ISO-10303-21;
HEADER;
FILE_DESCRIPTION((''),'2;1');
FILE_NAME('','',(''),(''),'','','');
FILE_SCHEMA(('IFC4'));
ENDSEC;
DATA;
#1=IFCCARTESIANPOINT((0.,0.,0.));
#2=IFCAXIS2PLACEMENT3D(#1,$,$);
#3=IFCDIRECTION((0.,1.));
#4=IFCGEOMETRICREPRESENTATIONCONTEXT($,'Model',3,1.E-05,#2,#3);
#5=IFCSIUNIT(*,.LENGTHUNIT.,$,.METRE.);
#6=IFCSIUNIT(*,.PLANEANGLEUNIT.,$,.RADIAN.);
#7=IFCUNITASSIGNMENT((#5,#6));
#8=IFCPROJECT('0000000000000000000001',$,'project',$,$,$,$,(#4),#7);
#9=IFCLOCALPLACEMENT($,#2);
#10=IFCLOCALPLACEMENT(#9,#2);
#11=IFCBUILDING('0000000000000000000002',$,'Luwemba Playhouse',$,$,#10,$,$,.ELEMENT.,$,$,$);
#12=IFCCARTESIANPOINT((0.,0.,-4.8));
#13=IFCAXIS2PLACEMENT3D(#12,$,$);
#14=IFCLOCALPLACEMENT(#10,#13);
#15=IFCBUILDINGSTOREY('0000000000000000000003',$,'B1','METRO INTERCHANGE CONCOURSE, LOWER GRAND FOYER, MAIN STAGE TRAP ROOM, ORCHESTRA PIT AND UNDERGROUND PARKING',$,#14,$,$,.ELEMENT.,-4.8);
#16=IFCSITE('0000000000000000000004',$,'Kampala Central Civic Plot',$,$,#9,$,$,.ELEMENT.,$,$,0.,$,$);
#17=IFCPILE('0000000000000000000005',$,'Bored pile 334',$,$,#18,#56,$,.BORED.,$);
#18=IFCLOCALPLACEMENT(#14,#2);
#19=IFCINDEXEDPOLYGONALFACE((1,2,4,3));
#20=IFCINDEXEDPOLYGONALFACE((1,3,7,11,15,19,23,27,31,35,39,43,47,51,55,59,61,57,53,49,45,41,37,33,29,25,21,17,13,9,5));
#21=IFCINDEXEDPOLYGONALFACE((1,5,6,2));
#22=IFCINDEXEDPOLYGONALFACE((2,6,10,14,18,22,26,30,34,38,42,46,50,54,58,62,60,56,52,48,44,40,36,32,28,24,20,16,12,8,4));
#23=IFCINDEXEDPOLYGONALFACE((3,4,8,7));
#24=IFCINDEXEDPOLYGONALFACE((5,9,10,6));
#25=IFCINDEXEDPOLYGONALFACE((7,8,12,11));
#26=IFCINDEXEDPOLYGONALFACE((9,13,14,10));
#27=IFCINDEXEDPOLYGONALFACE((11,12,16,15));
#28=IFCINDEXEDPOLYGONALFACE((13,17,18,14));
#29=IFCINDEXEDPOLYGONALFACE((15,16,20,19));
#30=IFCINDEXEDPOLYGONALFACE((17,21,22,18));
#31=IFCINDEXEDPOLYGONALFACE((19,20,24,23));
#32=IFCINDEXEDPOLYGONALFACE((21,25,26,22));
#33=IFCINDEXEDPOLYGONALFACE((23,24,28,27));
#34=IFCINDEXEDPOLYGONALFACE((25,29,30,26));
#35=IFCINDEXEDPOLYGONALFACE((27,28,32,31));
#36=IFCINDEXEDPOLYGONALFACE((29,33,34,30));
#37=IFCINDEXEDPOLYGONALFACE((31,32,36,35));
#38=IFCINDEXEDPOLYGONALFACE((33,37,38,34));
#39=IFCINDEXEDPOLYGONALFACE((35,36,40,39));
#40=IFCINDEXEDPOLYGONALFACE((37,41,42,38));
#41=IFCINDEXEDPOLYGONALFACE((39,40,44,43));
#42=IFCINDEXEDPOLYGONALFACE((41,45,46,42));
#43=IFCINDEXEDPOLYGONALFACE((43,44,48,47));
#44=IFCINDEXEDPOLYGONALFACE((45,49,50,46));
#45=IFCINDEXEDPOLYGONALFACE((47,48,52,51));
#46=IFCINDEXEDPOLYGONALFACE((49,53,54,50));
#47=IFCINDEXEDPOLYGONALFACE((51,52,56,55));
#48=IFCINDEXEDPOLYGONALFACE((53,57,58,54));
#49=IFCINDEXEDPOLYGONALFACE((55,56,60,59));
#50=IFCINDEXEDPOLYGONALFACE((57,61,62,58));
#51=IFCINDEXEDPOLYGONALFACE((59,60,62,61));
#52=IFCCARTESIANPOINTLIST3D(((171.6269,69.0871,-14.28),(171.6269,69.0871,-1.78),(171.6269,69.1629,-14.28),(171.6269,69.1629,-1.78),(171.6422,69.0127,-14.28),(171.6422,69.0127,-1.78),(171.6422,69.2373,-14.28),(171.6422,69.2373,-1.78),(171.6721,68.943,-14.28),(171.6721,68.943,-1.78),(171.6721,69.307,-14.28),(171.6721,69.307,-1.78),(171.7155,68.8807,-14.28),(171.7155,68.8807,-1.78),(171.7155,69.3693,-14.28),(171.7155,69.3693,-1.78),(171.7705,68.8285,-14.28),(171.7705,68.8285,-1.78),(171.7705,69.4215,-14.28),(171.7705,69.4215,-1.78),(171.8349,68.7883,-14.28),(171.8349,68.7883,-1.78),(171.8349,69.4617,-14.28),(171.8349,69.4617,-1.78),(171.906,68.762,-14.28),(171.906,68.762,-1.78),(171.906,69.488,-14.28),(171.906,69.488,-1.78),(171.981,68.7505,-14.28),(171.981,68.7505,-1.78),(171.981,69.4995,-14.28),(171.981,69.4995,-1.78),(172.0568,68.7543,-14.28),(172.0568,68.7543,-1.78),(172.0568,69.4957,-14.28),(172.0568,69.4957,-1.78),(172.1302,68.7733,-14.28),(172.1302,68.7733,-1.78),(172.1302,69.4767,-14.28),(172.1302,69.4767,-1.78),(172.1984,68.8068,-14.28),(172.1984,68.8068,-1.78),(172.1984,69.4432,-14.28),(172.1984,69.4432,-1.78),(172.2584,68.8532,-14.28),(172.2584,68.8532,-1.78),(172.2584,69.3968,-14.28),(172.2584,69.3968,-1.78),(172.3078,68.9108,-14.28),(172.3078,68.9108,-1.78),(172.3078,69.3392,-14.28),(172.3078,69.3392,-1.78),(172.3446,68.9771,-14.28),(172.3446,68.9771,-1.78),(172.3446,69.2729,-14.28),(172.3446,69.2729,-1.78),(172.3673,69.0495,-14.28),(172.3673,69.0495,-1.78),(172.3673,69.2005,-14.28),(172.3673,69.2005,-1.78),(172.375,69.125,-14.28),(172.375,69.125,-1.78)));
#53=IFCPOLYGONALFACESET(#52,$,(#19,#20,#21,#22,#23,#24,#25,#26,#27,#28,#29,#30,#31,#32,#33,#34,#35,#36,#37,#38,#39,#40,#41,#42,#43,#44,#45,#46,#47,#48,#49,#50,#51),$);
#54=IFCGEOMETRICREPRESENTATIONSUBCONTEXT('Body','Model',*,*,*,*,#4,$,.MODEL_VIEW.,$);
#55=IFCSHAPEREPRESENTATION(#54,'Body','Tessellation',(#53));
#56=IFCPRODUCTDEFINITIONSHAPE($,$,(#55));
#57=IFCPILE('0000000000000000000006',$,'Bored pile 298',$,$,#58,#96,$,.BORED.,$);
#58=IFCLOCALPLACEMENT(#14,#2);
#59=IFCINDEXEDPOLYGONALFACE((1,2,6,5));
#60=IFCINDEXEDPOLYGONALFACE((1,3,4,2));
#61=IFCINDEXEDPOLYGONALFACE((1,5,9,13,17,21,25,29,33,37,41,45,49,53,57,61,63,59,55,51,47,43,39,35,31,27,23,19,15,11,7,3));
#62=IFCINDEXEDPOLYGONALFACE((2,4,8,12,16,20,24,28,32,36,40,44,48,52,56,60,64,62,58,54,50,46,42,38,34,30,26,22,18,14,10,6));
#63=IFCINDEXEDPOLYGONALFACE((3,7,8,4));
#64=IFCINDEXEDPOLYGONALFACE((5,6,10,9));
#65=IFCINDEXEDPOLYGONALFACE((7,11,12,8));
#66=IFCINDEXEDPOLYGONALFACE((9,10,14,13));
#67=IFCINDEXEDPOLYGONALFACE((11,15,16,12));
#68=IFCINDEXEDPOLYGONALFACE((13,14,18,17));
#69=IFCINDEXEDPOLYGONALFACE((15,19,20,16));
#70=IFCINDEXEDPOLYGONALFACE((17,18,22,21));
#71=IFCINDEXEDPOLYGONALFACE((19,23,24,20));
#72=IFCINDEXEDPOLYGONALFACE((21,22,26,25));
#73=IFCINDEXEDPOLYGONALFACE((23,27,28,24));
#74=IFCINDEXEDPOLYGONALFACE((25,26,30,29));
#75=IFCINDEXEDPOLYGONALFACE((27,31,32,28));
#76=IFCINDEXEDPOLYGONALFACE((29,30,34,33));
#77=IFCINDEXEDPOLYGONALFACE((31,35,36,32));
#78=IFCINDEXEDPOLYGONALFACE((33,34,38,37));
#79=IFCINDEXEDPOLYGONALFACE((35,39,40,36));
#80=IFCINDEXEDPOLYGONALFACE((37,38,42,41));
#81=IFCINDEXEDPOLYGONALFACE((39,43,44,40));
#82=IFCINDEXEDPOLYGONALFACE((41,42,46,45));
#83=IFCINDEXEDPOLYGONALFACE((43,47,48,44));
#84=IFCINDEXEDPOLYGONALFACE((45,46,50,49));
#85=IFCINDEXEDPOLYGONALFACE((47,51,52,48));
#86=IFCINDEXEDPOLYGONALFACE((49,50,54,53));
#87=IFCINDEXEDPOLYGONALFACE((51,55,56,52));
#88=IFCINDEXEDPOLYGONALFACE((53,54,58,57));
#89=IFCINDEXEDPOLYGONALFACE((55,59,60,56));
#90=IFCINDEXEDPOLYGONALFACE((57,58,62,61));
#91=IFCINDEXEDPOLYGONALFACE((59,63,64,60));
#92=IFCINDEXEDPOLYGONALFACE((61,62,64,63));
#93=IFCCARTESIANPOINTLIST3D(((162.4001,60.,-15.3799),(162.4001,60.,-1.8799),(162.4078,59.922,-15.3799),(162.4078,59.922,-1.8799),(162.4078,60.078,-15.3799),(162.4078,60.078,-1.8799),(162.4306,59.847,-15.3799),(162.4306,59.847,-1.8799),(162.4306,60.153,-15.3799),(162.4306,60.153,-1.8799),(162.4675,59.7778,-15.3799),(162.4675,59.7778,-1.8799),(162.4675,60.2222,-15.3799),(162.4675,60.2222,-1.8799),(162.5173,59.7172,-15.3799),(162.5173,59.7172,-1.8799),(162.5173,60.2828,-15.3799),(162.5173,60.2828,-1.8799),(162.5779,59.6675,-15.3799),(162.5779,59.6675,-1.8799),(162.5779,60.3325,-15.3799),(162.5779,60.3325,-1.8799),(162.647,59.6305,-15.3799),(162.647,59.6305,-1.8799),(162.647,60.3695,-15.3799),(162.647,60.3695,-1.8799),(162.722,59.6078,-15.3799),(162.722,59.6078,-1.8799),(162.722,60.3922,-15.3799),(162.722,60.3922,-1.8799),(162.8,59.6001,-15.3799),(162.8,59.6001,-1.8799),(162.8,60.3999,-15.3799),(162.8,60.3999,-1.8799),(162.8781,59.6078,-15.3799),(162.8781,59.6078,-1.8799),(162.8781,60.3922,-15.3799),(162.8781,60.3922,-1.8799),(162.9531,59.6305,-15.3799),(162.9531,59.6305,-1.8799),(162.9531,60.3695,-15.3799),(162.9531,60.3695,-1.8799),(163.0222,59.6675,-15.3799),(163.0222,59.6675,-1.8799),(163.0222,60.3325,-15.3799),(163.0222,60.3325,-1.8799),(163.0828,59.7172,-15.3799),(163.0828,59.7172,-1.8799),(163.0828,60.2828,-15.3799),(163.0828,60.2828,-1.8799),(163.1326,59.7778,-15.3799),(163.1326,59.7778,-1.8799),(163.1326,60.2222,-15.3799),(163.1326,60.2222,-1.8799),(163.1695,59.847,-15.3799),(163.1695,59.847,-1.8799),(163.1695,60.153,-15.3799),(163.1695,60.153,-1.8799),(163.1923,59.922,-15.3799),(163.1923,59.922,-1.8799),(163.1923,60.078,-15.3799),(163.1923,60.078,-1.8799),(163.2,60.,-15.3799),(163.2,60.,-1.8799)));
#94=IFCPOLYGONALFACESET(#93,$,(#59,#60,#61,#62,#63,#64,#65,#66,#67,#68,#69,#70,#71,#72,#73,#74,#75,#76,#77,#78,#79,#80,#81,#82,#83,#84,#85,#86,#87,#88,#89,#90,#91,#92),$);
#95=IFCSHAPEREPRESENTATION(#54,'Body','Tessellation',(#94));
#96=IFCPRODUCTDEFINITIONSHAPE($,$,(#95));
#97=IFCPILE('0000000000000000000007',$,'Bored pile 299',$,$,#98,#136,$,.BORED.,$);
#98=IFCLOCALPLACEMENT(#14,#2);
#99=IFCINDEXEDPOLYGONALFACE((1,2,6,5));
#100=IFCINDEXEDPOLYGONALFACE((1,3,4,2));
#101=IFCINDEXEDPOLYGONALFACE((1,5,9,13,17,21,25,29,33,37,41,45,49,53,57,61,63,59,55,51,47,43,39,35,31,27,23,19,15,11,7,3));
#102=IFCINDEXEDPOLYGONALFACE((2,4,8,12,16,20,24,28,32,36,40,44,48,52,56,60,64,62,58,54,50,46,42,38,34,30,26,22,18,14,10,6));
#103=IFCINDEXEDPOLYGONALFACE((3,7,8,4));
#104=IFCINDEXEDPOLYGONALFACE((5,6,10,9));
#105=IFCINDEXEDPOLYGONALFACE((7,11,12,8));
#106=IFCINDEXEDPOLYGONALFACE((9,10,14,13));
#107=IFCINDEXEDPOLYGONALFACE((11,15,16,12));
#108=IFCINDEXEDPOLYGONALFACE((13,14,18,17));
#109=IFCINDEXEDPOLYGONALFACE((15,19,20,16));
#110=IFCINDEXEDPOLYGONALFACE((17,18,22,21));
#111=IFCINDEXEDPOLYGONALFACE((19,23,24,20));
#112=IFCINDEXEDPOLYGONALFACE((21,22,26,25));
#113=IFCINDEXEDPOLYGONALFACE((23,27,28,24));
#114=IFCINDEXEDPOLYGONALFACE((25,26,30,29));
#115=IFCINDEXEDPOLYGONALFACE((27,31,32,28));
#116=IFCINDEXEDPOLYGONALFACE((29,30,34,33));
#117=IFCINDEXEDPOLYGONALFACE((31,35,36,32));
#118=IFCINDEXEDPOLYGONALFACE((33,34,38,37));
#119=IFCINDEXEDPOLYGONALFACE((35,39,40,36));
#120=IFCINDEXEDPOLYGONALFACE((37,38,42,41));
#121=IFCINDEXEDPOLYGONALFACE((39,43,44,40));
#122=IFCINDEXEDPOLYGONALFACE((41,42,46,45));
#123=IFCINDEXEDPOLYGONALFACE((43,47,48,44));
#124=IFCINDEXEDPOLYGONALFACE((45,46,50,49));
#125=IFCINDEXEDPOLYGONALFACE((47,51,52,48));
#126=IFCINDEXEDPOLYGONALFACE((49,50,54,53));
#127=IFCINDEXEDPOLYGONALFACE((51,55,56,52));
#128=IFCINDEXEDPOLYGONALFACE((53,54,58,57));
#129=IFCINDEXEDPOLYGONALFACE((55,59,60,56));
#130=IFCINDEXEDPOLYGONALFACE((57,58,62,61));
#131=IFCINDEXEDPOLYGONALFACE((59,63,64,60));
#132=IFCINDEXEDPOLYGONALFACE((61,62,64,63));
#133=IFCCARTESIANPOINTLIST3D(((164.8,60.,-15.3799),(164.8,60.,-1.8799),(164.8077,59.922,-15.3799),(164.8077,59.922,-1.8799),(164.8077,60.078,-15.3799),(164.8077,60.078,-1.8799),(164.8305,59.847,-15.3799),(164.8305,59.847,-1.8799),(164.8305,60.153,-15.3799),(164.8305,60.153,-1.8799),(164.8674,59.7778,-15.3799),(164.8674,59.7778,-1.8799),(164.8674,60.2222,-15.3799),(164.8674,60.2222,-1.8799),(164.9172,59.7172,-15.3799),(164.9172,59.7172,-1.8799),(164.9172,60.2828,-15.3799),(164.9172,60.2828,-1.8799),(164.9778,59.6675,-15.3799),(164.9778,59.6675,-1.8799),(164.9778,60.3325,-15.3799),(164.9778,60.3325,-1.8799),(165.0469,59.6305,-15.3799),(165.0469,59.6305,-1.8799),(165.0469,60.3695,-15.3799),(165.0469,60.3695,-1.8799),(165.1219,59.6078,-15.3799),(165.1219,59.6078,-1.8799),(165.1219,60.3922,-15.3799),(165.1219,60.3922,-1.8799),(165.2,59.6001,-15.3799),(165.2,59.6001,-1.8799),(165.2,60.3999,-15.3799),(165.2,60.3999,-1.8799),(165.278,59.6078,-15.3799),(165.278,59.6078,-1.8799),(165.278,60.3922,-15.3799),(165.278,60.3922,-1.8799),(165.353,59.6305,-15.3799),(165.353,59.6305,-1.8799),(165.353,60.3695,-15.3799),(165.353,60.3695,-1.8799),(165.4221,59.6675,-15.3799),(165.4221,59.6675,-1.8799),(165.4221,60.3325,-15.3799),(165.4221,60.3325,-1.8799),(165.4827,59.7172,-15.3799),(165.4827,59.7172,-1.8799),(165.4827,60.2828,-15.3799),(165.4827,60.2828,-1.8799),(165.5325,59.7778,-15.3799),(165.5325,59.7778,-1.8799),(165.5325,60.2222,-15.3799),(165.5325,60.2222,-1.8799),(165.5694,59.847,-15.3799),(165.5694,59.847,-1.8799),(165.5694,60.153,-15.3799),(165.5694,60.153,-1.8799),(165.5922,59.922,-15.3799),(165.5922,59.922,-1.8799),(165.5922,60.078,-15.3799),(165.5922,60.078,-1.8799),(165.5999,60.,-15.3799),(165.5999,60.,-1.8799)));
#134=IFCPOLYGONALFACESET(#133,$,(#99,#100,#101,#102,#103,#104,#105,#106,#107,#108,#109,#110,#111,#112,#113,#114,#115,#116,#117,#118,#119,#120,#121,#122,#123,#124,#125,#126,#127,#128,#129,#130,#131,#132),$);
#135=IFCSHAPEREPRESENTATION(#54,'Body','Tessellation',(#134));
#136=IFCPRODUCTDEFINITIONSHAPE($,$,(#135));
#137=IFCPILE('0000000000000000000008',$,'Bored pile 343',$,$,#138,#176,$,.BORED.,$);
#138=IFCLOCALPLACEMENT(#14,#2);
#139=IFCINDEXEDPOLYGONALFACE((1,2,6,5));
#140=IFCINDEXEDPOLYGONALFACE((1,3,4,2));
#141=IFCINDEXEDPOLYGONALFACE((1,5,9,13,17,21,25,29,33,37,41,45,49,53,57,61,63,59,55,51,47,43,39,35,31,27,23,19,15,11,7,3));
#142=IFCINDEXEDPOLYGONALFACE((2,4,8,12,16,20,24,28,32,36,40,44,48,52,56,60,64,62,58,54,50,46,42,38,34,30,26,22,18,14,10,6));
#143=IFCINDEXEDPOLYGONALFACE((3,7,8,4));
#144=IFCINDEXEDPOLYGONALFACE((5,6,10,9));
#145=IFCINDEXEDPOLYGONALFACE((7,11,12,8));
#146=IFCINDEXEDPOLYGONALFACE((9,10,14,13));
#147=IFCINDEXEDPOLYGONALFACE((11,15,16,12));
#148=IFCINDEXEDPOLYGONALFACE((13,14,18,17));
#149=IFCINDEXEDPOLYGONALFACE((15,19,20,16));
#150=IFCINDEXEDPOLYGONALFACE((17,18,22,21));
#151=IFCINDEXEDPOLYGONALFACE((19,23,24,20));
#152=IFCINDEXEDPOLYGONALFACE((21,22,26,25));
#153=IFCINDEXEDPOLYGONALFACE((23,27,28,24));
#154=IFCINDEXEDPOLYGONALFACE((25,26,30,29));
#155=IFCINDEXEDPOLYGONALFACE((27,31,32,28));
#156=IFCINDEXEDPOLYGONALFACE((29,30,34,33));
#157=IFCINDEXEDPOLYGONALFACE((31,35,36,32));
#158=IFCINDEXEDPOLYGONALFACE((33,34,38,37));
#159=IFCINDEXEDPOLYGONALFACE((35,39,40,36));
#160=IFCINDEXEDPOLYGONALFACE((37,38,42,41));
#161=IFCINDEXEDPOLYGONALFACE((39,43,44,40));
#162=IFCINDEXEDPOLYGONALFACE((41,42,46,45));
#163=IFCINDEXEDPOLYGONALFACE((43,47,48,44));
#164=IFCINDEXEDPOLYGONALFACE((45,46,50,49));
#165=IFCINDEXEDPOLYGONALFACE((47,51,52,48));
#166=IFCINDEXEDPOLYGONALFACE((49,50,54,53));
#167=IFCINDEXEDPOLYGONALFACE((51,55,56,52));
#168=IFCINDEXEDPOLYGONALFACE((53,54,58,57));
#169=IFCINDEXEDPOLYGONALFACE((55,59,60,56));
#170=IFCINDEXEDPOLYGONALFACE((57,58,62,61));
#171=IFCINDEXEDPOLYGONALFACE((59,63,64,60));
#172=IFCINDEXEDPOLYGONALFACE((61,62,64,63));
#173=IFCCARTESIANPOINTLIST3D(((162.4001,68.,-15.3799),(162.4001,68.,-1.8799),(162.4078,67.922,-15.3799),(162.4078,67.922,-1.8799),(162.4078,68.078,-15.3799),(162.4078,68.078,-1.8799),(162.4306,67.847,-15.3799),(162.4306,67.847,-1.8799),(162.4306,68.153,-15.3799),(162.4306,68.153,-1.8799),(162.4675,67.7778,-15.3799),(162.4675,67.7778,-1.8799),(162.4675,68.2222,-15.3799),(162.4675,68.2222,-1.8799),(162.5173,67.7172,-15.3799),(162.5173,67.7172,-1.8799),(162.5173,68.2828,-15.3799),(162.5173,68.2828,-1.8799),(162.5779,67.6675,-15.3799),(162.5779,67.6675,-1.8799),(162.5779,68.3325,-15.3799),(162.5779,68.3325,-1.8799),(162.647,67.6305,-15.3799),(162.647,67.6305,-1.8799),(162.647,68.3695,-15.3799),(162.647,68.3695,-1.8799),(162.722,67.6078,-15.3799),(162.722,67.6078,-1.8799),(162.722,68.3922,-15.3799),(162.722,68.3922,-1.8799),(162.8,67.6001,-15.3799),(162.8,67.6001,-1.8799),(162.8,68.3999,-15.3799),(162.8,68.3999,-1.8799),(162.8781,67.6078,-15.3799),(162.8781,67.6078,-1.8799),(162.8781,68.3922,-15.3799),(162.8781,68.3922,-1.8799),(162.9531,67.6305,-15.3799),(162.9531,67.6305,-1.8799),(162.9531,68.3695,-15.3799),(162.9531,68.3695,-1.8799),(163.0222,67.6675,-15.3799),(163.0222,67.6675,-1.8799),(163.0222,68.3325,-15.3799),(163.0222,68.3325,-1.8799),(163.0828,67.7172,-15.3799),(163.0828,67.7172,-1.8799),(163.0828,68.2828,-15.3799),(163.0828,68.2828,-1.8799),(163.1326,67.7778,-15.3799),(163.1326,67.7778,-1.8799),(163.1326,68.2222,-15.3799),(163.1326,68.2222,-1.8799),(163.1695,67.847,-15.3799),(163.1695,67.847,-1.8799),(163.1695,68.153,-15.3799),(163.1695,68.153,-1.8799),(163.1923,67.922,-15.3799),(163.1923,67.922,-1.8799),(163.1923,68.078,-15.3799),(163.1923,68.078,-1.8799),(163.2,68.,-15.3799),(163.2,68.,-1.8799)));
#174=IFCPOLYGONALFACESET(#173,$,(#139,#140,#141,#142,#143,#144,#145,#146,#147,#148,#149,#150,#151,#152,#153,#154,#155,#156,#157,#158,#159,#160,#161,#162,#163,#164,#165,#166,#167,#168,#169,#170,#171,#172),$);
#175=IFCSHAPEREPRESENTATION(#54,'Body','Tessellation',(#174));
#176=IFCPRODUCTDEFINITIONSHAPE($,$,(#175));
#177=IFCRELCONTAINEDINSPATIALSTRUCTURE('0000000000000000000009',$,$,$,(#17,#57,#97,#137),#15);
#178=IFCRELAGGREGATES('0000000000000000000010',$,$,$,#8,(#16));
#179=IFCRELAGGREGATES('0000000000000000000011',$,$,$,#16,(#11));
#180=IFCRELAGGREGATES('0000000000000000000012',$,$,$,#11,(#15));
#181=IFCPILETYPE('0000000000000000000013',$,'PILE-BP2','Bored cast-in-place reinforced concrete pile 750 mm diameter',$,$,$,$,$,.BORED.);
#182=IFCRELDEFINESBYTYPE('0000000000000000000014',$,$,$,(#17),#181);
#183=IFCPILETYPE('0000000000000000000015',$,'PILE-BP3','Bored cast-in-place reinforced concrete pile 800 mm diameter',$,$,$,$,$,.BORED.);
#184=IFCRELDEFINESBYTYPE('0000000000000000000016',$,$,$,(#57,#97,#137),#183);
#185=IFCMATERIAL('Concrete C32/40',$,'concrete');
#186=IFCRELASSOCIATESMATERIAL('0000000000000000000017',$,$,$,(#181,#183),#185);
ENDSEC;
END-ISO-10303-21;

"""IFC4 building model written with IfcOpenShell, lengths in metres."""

from ifc_helpers import new_model, si_unit, direction, frame, origin, origin_2d, place, context, subcontext, project, spatial, circle, extrude, material, material_profile, profile_set, type_object, element, save


model = new_model("IFC4")

# Units and contexts
model_context = context("Model", 3, precision=1e-05, world=origin(), true_north=direction((0.0, 1.0)))
body_context = subcontext(model_context, "Body", "Model", "MODEL_VIEW")
ifc_project = project(units=[si_unit("LENGTHUNIT", "METRE"), si_unit("PLANEANGLEUNIT", "RADIAN")], contexts=[model_context])

# Site, building, storey
site_placement = place(None, origin())
site = spatial("IfcSite", under=ifc_project, at=site_placement, Name="Kampala Central Civic Plot", CompositionType="ELEMENT", RefElevation=0.0)
building_placement = place(site_placement, origin())
building = spatial("IfcBuilding", under=site, at=building_placement, Name="Luwemba Playhouse", CompositionType="ELEMENT")
storey_placement = place(building_placement, frame((0.0, 0.0, -4.8)))
storey = spatial("IfcBuildingStorey", under=building, at=storey_placement, Name="B1", Description="METRO INTERCHANGE CONCOURSE, LOWER GRAND FOYER, MAIN STAGE TRAP ROOM, ORCHESTRA PIT AND UNDERGROUND PARKING", CompositionType="ELEMENT", Elevation=-4.8)

# Shared definitions
ifc_material_1 = material(Name="Concrete C32/40", Category="concrete")

# Piles
ifc_material_profile_1 = material_profile(ifc_material_1, circle(Radius=0.375, at=origin_2d()))
ifc_profile_set_1 = profile_set([ifc_material_profile_1], Name="Concrete C32/40")
pile_type_1 = type_object("IfcPileType", Name="PILE-BP2", Description="Bored cast-in-place reinforced concrete pile 750 mm diameter", PredefinedType="BORED", material=ifc_profile_set_1)
for number, where, z_axis, x_axis, name in (
    (1, (172.0, 69.125, -1.78), (0.0, 0.0, -1.0), (1.0, 0.0, 0.0), "Bored pile 334"),
):
    element("IfcPile", number, at=place(storey_placement, frame(where, z_axis=z_axis, x_axis=x_axis)), inside=storey, type_object=pile_type_1, Name=name, PredefinedType="BORED", context=body_context, shape_type="SweptSolid", body=[
        extrude(circle(Radius=0.375, at=origin_2d()), origin(), (0.0, 0.0, 1.0), 12.5),
    ])
ifc_material_profile_2 = material_profile(ifc_material_1, circle(Radius=0.3999, at=origin_2d()))
ifc_profile_set_2 = profile_set([ifc_material_profile_2], Name="Concrete C32/40")
pile_type_2 = type_object("IfcPileType", Name="PILE-BP3", Description="Bored cast-in-place reinforced concrete pile 800 mm diameter", PredefinedType="BORED", material=ifc_profile_set_2)
for number, where, z_axis, x_axis, name in (
    (2, (162.8, 60.0, -1.8799), (0.0, 0.0, -1.0), (1.0, 0.0, 0.0), "Bored pile 298"),
    (3, (165.2, 60.0, -1.8799), (0.0, 0.0, -1.0), (1.0, 0.0, 0.0), "Bored pile 299"),
    (4, (162.8, 68.0, -1.8799), (0.0, 0.0, -1.0), (1.0, 0.0, 0.0), "Bored pile 343"),
):
    element("IfcPile", number, at=place(storey_placement, frame(where, z_axis=z_axis, x_axis=x_axis)), inside=storey, type_object=pile_type_2, Name=name, PredefinedType="BORED", context=body_context, shape_type="SweptSolid", body=[
        extrude(circle(Radius=0.3999, at=origin_2d()), origin(), (0.0, 0.0, 1.0), 13.5),
    ])

save(model, "model.ifc")
